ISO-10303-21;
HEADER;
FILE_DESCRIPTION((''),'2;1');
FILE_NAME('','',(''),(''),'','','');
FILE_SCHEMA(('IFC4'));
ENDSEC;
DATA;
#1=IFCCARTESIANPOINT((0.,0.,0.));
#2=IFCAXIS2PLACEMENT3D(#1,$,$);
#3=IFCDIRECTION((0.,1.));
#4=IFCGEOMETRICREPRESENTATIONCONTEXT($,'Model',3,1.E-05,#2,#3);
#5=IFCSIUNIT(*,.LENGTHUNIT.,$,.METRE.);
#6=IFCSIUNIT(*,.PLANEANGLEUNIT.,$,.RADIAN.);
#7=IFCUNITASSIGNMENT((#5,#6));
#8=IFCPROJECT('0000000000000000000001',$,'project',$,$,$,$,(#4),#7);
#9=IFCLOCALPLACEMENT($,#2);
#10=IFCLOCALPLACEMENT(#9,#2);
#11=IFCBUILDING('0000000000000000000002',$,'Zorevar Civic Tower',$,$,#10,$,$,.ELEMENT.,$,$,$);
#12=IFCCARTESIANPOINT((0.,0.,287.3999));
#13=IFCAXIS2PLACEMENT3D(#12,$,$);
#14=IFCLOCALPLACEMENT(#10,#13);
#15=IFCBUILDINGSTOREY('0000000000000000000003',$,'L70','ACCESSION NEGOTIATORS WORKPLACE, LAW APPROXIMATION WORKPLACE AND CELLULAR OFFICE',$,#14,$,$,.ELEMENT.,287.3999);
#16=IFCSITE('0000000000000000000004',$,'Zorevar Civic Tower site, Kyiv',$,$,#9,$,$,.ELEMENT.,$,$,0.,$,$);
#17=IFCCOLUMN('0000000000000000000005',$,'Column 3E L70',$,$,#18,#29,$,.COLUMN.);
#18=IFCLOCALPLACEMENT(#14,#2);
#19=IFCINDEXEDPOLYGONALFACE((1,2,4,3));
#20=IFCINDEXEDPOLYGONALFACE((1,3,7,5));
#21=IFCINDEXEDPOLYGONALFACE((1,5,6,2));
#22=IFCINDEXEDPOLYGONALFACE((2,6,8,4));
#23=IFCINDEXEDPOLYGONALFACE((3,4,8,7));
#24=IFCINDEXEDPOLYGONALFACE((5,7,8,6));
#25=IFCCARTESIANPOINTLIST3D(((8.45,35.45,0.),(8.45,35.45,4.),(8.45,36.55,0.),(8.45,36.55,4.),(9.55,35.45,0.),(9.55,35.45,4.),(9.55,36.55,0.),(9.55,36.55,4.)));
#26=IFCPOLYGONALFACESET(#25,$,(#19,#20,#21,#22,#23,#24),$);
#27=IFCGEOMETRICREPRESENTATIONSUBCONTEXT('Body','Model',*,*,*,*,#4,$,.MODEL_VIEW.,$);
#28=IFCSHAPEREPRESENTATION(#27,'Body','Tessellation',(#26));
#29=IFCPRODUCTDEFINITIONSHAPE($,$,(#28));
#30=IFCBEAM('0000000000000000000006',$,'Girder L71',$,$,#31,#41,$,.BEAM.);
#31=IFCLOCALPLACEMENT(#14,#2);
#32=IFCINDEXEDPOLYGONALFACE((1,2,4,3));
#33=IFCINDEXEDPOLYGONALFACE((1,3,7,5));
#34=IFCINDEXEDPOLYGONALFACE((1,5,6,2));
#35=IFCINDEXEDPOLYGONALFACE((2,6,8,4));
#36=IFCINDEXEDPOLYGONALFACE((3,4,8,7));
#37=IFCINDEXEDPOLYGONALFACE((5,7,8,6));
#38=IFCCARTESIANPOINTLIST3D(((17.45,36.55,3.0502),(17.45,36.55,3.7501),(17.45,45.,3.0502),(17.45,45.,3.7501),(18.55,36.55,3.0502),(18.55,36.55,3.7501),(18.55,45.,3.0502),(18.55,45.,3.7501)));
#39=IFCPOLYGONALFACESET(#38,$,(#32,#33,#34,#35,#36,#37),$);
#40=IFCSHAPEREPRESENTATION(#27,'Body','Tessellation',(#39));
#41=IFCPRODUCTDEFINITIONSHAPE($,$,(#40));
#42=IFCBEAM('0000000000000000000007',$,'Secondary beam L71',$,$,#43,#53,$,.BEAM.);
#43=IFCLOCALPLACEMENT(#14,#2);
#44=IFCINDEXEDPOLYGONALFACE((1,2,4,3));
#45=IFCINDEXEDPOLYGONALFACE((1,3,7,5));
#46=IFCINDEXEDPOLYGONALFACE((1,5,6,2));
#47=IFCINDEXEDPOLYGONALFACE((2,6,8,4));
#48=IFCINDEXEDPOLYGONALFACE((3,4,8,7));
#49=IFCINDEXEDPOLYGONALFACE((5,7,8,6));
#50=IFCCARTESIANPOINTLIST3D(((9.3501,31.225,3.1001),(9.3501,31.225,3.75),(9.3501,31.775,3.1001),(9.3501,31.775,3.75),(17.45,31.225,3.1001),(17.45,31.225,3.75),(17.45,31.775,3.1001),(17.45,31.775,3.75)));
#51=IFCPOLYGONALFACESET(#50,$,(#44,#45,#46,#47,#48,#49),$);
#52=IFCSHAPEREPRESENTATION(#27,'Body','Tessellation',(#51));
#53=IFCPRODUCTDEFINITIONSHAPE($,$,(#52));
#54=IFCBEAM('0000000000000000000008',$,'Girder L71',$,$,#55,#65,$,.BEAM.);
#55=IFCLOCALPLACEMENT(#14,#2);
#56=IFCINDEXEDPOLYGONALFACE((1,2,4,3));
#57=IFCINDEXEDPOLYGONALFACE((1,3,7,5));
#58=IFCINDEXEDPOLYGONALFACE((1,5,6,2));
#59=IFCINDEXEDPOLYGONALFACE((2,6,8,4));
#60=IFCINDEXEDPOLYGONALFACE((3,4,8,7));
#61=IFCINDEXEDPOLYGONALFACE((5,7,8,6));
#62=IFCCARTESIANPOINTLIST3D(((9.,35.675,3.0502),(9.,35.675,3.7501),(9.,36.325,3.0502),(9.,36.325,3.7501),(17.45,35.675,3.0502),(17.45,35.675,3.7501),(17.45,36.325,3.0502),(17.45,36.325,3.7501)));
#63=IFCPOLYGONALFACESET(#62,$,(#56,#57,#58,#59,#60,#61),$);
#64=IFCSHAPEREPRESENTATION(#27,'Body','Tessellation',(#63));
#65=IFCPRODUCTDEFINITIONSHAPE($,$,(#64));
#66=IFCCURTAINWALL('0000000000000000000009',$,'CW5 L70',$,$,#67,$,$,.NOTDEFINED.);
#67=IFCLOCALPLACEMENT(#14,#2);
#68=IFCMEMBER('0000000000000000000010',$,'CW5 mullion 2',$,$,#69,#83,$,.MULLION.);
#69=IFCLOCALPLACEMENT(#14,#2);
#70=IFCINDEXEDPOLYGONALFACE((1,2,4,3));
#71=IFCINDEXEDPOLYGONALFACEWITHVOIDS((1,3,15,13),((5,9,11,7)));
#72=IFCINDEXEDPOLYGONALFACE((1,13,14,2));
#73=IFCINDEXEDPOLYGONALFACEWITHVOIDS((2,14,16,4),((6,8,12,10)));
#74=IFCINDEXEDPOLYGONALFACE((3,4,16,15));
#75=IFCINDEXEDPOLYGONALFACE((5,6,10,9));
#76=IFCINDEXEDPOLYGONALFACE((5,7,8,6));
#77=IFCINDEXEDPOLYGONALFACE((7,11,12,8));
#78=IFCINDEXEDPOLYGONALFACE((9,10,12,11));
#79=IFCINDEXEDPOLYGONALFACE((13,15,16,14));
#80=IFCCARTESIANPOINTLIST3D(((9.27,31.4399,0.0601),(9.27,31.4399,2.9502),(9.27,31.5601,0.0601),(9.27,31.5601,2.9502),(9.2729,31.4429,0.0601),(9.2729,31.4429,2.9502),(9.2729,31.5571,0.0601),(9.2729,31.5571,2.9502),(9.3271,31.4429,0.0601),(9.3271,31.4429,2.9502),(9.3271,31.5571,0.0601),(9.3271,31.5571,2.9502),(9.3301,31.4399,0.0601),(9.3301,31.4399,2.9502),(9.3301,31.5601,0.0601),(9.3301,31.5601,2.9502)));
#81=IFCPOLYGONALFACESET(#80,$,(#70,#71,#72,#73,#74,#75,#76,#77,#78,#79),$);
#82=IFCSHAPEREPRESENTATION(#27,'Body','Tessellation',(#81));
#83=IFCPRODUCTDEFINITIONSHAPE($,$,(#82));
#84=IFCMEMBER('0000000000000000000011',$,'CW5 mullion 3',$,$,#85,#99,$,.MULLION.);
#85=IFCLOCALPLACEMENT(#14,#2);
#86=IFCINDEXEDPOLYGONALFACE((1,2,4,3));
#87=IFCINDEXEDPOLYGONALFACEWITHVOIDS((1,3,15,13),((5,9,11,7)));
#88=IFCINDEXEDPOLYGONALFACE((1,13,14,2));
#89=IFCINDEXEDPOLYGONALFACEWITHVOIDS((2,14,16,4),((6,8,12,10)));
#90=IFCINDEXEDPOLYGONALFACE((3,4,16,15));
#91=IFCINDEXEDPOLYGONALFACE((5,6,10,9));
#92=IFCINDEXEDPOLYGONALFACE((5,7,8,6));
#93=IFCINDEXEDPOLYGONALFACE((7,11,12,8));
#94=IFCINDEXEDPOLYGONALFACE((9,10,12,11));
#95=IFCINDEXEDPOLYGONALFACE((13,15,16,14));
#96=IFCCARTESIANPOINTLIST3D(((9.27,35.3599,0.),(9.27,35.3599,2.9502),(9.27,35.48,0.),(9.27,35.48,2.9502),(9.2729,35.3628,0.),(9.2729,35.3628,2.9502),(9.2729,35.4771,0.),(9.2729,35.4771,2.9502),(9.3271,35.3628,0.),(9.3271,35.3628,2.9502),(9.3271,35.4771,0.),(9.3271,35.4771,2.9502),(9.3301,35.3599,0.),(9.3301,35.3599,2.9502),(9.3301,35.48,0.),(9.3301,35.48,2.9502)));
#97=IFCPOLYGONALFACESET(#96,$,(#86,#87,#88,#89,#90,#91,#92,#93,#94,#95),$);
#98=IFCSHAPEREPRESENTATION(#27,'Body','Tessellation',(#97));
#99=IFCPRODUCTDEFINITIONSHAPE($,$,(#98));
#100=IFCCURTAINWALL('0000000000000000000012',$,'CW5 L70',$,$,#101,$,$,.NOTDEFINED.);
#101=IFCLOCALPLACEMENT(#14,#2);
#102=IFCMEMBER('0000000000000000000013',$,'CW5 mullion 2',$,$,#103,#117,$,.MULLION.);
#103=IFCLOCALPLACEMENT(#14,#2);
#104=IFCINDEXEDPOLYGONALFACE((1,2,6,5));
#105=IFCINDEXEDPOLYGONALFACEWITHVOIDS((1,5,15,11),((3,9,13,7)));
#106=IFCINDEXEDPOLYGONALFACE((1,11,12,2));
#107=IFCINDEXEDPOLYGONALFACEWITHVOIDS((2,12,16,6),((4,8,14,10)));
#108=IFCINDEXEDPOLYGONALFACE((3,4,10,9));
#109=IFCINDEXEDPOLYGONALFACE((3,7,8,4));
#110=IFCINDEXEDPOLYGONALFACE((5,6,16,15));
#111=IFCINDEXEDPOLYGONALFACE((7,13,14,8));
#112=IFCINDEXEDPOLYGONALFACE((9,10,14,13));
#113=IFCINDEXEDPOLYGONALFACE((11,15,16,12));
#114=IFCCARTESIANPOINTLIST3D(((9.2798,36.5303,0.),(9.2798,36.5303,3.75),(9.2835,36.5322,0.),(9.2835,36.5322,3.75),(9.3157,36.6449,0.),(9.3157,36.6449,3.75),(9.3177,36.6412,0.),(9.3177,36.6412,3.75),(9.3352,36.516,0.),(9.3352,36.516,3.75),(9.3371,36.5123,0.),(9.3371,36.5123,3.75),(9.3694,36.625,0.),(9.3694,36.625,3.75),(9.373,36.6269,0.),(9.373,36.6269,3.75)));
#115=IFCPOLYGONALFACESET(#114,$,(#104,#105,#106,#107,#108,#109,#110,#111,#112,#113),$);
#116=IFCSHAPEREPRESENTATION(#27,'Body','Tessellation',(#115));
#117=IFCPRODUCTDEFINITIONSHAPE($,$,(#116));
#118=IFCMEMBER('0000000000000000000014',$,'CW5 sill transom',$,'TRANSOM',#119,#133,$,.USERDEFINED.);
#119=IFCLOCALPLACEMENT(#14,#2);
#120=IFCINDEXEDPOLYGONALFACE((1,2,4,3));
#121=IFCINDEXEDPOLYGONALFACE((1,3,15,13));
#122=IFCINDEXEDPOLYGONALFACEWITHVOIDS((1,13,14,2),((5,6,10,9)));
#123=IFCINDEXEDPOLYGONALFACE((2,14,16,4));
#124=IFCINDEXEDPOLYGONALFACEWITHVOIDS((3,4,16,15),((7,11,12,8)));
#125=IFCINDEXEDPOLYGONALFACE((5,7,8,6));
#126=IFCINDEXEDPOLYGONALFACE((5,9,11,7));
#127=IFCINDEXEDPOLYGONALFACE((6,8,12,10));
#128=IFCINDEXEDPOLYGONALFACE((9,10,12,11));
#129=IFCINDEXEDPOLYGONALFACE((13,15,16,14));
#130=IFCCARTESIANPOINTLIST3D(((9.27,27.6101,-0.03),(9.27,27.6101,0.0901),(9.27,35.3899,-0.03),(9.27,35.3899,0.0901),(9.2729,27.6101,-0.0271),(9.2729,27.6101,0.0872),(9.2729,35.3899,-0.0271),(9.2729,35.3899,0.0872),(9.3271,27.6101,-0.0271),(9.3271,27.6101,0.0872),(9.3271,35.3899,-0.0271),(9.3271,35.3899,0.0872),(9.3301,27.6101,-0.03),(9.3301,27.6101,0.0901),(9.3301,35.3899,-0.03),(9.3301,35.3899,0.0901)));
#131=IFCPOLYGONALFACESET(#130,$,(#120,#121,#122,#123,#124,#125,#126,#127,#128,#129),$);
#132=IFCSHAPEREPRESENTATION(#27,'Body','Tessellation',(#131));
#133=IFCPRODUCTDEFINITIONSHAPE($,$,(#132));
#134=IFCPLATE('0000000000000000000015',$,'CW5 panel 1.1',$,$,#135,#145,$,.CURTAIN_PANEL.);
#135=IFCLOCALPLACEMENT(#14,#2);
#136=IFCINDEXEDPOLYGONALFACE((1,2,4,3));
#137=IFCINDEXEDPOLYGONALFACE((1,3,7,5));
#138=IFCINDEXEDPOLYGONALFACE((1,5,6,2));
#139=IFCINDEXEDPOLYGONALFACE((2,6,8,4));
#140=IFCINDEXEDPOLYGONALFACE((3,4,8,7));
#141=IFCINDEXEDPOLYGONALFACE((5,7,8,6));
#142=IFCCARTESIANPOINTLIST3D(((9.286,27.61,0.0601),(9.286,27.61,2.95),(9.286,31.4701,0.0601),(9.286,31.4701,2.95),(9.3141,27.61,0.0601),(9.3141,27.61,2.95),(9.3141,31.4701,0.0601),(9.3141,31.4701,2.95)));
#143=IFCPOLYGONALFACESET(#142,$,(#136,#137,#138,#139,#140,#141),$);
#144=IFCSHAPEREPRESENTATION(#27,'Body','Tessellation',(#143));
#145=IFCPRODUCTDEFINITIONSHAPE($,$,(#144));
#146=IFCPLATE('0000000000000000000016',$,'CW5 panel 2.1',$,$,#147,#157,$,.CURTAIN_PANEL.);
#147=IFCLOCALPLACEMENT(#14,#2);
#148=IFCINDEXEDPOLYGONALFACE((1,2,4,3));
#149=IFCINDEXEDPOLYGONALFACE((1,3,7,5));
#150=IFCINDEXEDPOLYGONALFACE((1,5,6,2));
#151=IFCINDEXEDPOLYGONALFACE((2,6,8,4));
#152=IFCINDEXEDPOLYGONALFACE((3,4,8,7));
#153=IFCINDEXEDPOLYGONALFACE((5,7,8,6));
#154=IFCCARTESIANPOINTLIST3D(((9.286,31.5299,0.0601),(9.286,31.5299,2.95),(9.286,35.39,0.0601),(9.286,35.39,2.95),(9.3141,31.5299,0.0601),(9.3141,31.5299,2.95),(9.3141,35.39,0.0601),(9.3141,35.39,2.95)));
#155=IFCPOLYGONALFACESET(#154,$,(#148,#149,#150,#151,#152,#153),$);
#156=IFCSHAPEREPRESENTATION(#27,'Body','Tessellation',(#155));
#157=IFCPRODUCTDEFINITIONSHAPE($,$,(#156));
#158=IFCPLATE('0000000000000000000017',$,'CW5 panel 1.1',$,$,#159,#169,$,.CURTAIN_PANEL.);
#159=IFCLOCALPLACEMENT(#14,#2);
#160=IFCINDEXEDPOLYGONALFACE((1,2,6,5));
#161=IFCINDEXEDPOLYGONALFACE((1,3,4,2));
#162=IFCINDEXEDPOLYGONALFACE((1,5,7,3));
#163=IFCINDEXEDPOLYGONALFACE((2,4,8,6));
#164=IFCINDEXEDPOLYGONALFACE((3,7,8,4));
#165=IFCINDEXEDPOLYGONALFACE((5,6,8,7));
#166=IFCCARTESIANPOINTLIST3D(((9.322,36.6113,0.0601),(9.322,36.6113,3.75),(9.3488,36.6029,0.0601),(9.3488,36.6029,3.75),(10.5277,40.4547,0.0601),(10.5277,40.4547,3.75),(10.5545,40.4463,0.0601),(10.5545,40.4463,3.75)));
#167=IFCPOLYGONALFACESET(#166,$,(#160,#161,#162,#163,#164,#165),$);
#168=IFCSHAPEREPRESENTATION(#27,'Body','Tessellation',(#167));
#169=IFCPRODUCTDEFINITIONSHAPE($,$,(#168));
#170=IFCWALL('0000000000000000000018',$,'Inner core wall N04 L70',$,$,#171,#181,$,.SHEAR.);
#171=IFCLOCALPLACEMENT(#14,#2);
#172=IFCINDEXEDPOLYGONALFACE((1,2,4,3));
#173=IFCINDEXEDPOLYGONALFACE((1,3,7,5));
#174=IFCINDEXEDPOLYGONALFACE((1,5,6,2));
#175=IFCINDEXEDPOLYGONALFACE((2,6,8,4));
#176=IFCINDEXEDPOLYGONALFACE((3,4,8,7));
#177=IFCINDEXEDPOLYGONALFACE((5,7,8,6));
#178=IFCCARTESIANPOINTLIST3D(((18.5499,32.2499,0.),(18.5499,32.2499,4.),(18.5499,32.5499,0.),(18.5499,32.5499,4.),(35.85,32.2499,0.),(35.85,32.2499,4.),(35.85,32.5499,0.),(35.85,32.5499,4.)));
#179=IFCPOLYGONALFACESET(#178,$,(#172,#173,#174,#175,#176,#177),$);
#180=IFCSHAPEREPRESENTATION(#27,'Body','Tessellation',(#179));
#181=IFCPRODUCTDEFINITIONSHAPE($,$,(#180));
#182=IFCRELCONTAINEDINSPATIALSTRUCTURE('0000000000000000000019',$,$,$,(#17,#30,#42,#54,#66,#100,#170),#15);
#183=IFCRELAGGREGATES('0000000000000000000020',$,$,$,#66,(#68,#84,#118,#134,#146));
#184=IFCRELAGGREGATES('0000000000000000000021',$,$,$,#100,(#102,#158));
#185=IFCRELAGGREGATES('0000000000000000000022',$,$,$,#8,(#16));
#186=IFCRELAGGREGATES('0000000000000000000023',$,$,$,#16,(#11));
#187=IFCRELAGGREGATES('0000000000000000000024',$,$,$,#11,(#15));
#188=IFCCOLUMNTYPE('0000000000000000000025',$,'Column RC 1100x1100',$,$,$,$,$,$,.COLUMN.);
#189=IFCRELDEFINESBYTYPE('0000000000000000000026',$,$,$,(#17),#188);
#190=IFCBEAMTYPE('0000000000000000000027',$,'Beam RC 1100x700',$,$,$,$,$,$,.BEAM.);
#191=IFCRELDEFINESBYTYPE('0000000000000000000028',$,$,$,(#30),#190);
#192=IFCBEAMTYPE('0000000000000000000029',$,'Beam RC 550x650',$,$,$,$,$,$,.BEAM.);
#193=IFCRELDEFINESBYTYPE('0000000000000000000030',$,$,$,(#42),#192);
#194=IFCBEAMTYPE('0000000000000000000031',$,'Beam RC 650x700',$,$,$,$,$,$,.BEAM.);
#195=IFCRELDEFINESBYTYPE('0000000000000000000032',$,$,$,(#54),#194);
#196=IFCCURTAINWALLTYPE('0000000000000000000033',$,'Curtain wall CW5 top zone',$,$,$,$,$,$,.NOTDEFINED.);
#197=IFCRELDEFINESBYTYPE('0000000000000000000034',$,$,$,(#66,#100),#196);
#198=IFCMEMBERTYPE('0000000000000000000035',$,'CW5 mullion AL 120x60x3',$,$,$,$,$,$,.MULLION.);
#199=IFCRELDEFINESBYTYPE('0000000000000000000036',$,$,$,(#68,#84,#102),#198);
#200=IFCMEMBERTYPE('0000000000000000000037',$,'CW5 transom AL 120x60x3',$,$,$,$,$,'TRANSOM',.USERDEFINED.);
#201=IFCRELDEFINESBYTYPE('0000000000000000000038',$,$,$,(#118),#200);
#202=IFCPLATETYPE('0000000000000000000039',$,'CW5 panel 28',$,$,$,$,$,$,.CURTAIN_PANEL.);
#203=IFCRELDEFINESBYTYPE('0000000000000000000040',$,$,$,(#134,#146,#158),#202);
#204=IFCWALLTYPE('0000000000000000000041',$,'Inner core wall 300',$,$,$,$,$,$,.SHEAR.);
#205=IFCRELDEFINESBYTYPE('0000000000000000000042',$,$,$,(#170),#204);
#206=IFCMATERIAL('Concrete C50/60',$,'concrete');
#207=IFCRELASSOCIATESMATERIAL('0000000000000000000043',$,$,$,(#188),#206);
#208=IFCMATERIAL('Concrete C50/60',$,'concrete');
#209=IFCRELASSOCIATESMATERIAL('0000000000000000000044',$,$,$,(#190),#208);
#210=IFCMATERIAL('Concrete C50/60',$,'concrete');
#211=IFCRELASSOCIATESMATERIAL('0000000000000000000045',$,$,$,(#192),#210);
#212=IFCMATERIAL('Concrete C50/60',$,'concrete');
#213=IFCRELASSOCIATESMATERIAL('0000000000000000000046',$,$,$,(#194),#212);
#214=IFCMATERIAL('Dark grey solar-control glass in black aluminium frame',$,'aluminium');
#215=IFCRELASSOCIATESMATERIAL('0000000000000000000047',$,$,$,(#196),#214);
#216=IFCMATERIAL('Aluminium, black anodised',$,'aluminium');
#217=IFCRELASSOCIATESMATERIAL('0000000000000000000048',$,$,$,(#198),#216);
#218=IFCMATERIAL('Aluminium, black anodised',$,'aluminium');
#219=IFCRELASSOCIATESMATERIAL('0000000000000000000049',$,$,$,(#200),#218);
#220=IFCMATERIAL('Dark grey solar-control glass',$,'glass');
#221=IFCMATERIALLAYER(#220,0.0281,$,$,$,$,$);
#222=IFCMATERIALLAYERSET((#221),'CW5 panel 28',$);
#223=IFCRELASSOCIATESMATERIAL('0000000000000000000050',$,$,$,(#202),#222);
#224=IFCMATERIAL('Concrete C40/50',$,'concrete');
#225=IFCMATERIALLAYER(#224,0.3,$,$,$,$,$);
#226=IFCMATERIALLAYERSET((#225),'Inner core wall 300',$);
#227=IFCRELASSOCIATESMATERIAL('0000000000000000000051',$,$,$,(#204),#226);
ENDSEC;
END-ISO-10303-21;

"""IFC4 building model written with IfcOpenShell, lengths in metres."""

from ifc_helpers import new_model, si_unit, direction, frame, frame_2d, origin, origin_2d, place, context, subcontext, project, spatial, rectangle, hollow_rectangle, extrude, material, layer, layer_set, material_profile, profile_set, type_object, element, aggregate, save


model = new_model("IFC4")

# Units and contexts
model_context = context("Model", 3, precision=1e-05, world=origin(), true_north=direction((0.0, 1.0)))
body_context = subcontext(model_context, "Body", "Model", "MODEL_VIEW")
ifc_project = project(units=[si_unit("LENGTHUNIT", "METRE"), si_unit("PLANEANGLEUNIT", "RADIAN")], contexts=[model_context])

# Site, building, storey
site_placement = place(None, origin())
site = spatial("IfcSite", under=ifc_project, at=site_placement, Name="Zorevar Civic Tower site, Kyiv", CompositionType="ELEMENT", RefElevation=0.0)
building_placement = place(site_placement, origin())
building = spatial("IfcBuilding", under=site, at=building_placement, Name="Zorevar Civic Tower", CompositionType="ELEMENT")
storey_placement = place(building_placement, frame((0.0, 0.0, 287.3999)))
storey = spatial("IfcBuildingStorey", under=building, at=storey_placement, Name="L70", Description="ACCESSION NEGOTIATORS WORKPLACE, LAW APPROXIMATION WORKPLACE AND CELLULAR OFFICE", CompositionType="ELEMENT", Elevation=287.3999)

# Column
ifc_material_1 = material(Name="Concrete C50/60", Category="concrete")
ifc_material_profile_1 = material_profile(ifc_material_1, rectangle(XDim=1.1001, YDim=1.1001, at=origin_2d()), Name="RC 1100x1100")
ifc_profile_set_1 = profile_set([ifc_material_profile_1], Name="Concrete C50/60")
column_type = type_object("IfcColumnType", Name="Column RC 1100x1100", PredefinedType="COLUMN", material=ifc_profile_set_1)
column_placement = place(storey_placement, frame((9.0, 36.0, 0.0), z_axis=(0.0, 0.0, 1.0), x_axis=(1.0, 0.0, 0.0)))
element("IfcColumn", 1, at=column_placement, inside=storey, type_object=column_type, Name="Column 3E L70", PredefinedType="COLUMN", context=body_context, shape_type="SweptSolid", body=[
    extrude(rectangle(XDim=1.1001, YDim=1.1001, at=origin_2d()), origin(), (0.0, 0.0, 1.0), 4.0),
])

# Beams
ifc_material_2 = material(Name="Concrete C50/60", Category="concrete")
ifc_material_profile_2 = material_profile(ifc_material_2, rectangle(XDim=1.1001, YDim=0.7, at=origin_2d()), Name="RC 1100x700")
ifc_profile_set_2 = profile_set([ifc_material_profile_2], Name="Concrete C50/60")
beam_type_1 = type_object("IfcBeamType", Name="Beam RC 1100x700", PredefinedType="BEAM", material=ifc_profile_set_2)
beam_1_placement = place(storey_placement, frame((18.0, 36.55, 3.4001), z_axis=(0.0, 1.0, 0.0), x_axis=(-1.0, 0.0, 0.0)))
element("IfcBeam", 2, at=beam_1_placement, inside=storey, type_object=beam_type_1, Name="Girder L71", PredefinedType="BEAM", context=body_context, shape_type="SweptSolid", body=[
    extrude(rectangle(XDim=1.1001, YDim=0.7, at=origin_2d()), origin(), (0.0, 0.0, 1.0), 8.45),
])
ifc_material_3 = material(Name="Concrete C50/60", Category="concrete")
ifc_material_profile_3 = material_profile(ifc_material_3, rectangle(XDim=0.55, YDim=0.6499, at=origin_2d()), Name="RC 550x650")
ifc_profile_set_3 = profile_set([ifc_material_profile_3], Name="Concrete C50/60")
beam_type_2 = type_object("IfcBeamType", Name="Beam RC 550x650", PredefinedType="BEAM", material=ifc_profile_set_3)
beam_2_placement = place(storey_placement, frame((9.3501, 31.5, 3.425), z_axis=(1.0, 0.0, 0.0), x_axis=(0.0, 1.0, 0.0)))
element("IfcBeam", 3, at=beam_2_placement, inside=storey, type_object=beam_type_2, Name="Secondary beam L71", PredefinedType="BEAM", context=body_context, shape_type="SweptSolid", body=[
    extrude(rectangle(XDim=0.55, YDim=0.6499, at=origin_2d()), origin(), (0.0, 0.0, 1.0), 8.0999),
])
ifc_material_4 = material(Name="Concrete C50/60", Category="concrete")
ifc_material_profile_4 = material_profile(ifc_material_4, rectangle(XDim=0.6499, YDim=0.7, at=origin_2d()), Name="RC 650x700")
ifc_profile_set_4 = profile_set([ifc_material_profile_4], Name="Concrete C50/60")
beam_type_3 = type_object("IfcBeamType", Name="Beam RC 650x700", PredefinedType="BEAM", material=ifc_profile_set_4)
beam_3_placement = place(storey_placement, frame((9.0, 36.0, 3.4001), z_axis=(1.0, 0.0, 0.0), x_axis=(0.0, 1.0, 0.0)))
element("IfcBeam", 4, at=beam_3_placement, inside=storey, type_object=beam_type_3, Name="Girder L71", PredefinedType="BEAM", context=body_context, shape_type="SweptSolid", body=[
    extrude(rectangle(XDim=0.6499, YDim=0.7, at=origin_2d()), origin(), (0.0, 0.0, 1.0), 8.45),
])

# Curtain wall, members
ifc_material_5 = material(Name="Dark grey solar-control glass in black aluminium frame", Category="aluminium")
curtain_wall_type = type_object("IfcCurtainWallType", Name="Curtain wall CW5 top zone", PredefinedType="NOTDEFINED", material=ifc_material_5)
curtain_wall_1_placement = place(storey_placement, origin())
curtain_wall_1 = element("IfcCurtainWall", 5, at=curtain_wall_1_placement, inside=storey, type_object=curtain_wall_type, Name="CW5 L70", PredefinedType="NOTDEFINED")
ifc_material_6 = material(Name="Aluminium, black anodised", Category="aluminium")
ifc_material_profile_5 = material_profile(ifc_material_6, hollow_rectangle(XDim=0.0601, YDim=0.1201, WallThickness=0.0029, at=origin_2d()), Name="AL 120x60x3")
ifc_profile_set_5 = profile_set([ifc_material_profile_5], Name="Aluminium, black anodised")
member_type_1 = type_object("IfcMemberType", Name="CW5 mullion AL 120x60x3", PredefinedType="MULLION", material=ifc_profile_set_5)
member_1_placement = place(storey_placement, frame((9.3, 31.5, 0.0601), z_axis=(0.0, 0.0, 1.0), x_axis=(-1.0, 0.0, 0.0)))
member_1 = element("IfcMember", 6, at=member_1_placement, type_object=member_type_1, Name="CW5 mullion 2", PredefinedType="MULLION", context=body_context, shape_type="SweptSolid", body=[
    extrude(hollow_rectangle(XDim=0.0601, YDim=0.1201, WallThickness=0.0029, at=origin_2d()), origin(), (0.0, 0.0, 1.0), 2.8901),
])
member_2_placement = place(storey_placement, frame((9.3, 35.4199, 0.0), z_axis=(0.0, 0.0, 1.0), x_axis=(-1.0, 0.0, 0.0)))
member_2 = element("IfcMember", 7, at=member_2_placement, type_object=member_type_1, Name="CW5 mullion 3", PredefinedType="MULLION", context=body_context, shape_type="SweptSolid", body=[
    extrude(hollow_rectangle(XDim=0.0601, YDim=0.1201, WallThickness=0.0029, at=origin_2d()), origin(), (0.0, 0.0, 1.0), 2.9502),
])

# Curtain wall, member
curtain_wall_2_placement = place(storey_placement, origin())
curtain_wall_2 = element("IfcCurtainWall", 8, at=curtain_wall_2_placement, inside=storey, type_object=curtain_wall_type, Name="CW5 L70", PredefinedType="NOTDEFINED")
member_3_placement = place(storey_placement, frame((9.3264, 36.5786, 0.0), z_axis=(0.0, 0.0, 1.0), x_axis=(0.954153, -0.299318, 0.0)))
member_3 = element("IfcMember", 9, at=member_3_placement, type_object=member_type_1, Name="CW5 mullion 2", PredefinedType="MULLION", context=body_context, shape_type="SweptSolid", body=[
    extrude(hollow_rectangle(XDim=0.0601, YDim=0.1201, WallThickness=0.0029, at=origin_2d()), origin(), (0.0, 0.0, 1.0), 3.75),
])

# Member
ifc_material_7 = material(Name="Aluminium, black anodised", Category="aluminium")
ifc_material_profile_6 = material_profile(ifc_material_7, hollow_rectangle(XDim=0.0601, YDim=0.1201, WallThickness=0.0029, at=origin_2d()), Name="AL 120x60x3")
ifc_profile_set_6 = profile_set([ifc_material_profile_6], Name="Aluminium, black anodised")
member_type_2 = type_object("IfcMemberType", Name="CW5 transom AL 120x60x3", ElementType="TRANSOM", PredefinedType="USERDEFINED", material=ifc_profile_set_6)
member_4_placement = place(storey_placement, frame((9.3, 27.6101, 0.03), z_axis=(0.0, 1.0, 0.0), x_axis=(-1.0, 0.0, 0.0)))
member_4 = element("IfcMember", 10, at=member_4_placement, type_object=member_type_2, Name="CW5 sill transom", ObjectType="TRANSOM", PredefinedType="USERDEFINED", context=body_context, shape_type="SweptSolid", body=[
    extrude(hollow_rectangle(XDim=0.0601, YDim=0.1201, WallThickness=0.0029, at=origin_2d()), origin(), (0.0, 0.0, 1.0), 7.7798),
])

# Plates
ifc_material_8 = material(Name="Dark grey solar-control glass", Category="glass")
ifc_layer_1 = layer(ifc_material_8, 0.0281)
ifc_layer_set_1 = layer_set([ifc_layer_1], Name="CW5 panel 28")
plate_type = type_object("IfcPlateType", Name="CW5 panel 28", PredefinedType="CURTAIN_PANEL", material=ifc_layer_set_1)
plate_1_placement = place(storey_placement, frame((9.3, 29.54, 0.0601), z_axis=(0.0, 0.0, 1.0), x_axis=(0.0, 1.0, 0.0)))
plate_1 = element("IfcPlate", 11, at=plate_1_placement, type_object=plate_type, Name="CW5 panel 1.1", PredefinedType="CURTAIN_PANEL", context=body_context, shape_type="SweptSolid", body=[
    extrude(rectangle(XDim=3.8601, YDim=0.0281, at=origin_2d()), origin(), (0.0, 0.0, 1.0), 2.8899),
])
plate_2_placement = place(storey_placement, frame((9.3, 33.46, 0.0601), z_axis=(0.0, 0.0, 1.0), x_axis=(0.0, 1.0, 0.0)))
plate_2 = element("IfcPlate", 12, at=plate_2_placement, type_object=plate_type, Name="CW5 panel 2.1", PredefinedType="CURTAIN_PANEL", context=body_context, shape_type="SweptSolid", body=[
    extrude(rectangle(XDim=3.8601, YDim=0.0281, at=origin_2d()), origin(), (0.0, 0.0, 1.0), 2.8899),
])
aggregate(curtain_wall_1, [member_1, member_2, member_4, plate_1, plate_2])
plate_3_placement = place(storey_placement, frame((9.9382, 38.5288, 0.0601), z_axis=(0.0, 0.0, 1.0), x_axis=(-0.299318, -0.954153, 0.0)))
plate_3 = element("IfcPlate", 13, at=plate_3_placement, type_object=plate_type, Name="CW5 panel 1.1", PredefinedType="CURTAIN_PANEL", context=body_context, shape_type="SweptSolid", body=[
    extrude(rectangle(XDim=4.0281, YDim=0.0281, at=origin_2d()), origin(), (0.0, 0.0, 1.0), 3.6899),
])
aggregate(curtain_wall_2, [member_3, plate_3])

# Shared definitions
ifc_material_9 = material(Name="Concrete C40/50", Category="concrete")
ifc_layer_2 = layer(ifc_material_9, 0.3)
ifc_layer_set_2 = layer_set([ifc_layer_2], Name="Inner core wall 300")
wall_type_1 = type_object("IfcWallType", Name="Inner core wall 300", PredefinedType="SHEAR", material=ifc_layer_set_2)

# Wall
wall_1_placement = place(storey_placement, frame((18.55, 32.3999, 0.0), z_axis=(0.0, 0.0, 1.0), x_axis=(1.0, 0.0, 0.0)))
element("IfcWall", 14, at=wall_1_placement, inside=storey, type_object=wall_type_1, Name="Inner core wall N04 L70", PredefinedType="SHEAR", context=body_context, shape_type="SweptSolid", body=[
    extrude(rectangle(XDim=17.3, YDim=0.3, at=frame_2d((8.6499, 0.0))), origin(), (0.0, 0.0, 1.0), 4.0),
])

save(model, "model.ifc")
